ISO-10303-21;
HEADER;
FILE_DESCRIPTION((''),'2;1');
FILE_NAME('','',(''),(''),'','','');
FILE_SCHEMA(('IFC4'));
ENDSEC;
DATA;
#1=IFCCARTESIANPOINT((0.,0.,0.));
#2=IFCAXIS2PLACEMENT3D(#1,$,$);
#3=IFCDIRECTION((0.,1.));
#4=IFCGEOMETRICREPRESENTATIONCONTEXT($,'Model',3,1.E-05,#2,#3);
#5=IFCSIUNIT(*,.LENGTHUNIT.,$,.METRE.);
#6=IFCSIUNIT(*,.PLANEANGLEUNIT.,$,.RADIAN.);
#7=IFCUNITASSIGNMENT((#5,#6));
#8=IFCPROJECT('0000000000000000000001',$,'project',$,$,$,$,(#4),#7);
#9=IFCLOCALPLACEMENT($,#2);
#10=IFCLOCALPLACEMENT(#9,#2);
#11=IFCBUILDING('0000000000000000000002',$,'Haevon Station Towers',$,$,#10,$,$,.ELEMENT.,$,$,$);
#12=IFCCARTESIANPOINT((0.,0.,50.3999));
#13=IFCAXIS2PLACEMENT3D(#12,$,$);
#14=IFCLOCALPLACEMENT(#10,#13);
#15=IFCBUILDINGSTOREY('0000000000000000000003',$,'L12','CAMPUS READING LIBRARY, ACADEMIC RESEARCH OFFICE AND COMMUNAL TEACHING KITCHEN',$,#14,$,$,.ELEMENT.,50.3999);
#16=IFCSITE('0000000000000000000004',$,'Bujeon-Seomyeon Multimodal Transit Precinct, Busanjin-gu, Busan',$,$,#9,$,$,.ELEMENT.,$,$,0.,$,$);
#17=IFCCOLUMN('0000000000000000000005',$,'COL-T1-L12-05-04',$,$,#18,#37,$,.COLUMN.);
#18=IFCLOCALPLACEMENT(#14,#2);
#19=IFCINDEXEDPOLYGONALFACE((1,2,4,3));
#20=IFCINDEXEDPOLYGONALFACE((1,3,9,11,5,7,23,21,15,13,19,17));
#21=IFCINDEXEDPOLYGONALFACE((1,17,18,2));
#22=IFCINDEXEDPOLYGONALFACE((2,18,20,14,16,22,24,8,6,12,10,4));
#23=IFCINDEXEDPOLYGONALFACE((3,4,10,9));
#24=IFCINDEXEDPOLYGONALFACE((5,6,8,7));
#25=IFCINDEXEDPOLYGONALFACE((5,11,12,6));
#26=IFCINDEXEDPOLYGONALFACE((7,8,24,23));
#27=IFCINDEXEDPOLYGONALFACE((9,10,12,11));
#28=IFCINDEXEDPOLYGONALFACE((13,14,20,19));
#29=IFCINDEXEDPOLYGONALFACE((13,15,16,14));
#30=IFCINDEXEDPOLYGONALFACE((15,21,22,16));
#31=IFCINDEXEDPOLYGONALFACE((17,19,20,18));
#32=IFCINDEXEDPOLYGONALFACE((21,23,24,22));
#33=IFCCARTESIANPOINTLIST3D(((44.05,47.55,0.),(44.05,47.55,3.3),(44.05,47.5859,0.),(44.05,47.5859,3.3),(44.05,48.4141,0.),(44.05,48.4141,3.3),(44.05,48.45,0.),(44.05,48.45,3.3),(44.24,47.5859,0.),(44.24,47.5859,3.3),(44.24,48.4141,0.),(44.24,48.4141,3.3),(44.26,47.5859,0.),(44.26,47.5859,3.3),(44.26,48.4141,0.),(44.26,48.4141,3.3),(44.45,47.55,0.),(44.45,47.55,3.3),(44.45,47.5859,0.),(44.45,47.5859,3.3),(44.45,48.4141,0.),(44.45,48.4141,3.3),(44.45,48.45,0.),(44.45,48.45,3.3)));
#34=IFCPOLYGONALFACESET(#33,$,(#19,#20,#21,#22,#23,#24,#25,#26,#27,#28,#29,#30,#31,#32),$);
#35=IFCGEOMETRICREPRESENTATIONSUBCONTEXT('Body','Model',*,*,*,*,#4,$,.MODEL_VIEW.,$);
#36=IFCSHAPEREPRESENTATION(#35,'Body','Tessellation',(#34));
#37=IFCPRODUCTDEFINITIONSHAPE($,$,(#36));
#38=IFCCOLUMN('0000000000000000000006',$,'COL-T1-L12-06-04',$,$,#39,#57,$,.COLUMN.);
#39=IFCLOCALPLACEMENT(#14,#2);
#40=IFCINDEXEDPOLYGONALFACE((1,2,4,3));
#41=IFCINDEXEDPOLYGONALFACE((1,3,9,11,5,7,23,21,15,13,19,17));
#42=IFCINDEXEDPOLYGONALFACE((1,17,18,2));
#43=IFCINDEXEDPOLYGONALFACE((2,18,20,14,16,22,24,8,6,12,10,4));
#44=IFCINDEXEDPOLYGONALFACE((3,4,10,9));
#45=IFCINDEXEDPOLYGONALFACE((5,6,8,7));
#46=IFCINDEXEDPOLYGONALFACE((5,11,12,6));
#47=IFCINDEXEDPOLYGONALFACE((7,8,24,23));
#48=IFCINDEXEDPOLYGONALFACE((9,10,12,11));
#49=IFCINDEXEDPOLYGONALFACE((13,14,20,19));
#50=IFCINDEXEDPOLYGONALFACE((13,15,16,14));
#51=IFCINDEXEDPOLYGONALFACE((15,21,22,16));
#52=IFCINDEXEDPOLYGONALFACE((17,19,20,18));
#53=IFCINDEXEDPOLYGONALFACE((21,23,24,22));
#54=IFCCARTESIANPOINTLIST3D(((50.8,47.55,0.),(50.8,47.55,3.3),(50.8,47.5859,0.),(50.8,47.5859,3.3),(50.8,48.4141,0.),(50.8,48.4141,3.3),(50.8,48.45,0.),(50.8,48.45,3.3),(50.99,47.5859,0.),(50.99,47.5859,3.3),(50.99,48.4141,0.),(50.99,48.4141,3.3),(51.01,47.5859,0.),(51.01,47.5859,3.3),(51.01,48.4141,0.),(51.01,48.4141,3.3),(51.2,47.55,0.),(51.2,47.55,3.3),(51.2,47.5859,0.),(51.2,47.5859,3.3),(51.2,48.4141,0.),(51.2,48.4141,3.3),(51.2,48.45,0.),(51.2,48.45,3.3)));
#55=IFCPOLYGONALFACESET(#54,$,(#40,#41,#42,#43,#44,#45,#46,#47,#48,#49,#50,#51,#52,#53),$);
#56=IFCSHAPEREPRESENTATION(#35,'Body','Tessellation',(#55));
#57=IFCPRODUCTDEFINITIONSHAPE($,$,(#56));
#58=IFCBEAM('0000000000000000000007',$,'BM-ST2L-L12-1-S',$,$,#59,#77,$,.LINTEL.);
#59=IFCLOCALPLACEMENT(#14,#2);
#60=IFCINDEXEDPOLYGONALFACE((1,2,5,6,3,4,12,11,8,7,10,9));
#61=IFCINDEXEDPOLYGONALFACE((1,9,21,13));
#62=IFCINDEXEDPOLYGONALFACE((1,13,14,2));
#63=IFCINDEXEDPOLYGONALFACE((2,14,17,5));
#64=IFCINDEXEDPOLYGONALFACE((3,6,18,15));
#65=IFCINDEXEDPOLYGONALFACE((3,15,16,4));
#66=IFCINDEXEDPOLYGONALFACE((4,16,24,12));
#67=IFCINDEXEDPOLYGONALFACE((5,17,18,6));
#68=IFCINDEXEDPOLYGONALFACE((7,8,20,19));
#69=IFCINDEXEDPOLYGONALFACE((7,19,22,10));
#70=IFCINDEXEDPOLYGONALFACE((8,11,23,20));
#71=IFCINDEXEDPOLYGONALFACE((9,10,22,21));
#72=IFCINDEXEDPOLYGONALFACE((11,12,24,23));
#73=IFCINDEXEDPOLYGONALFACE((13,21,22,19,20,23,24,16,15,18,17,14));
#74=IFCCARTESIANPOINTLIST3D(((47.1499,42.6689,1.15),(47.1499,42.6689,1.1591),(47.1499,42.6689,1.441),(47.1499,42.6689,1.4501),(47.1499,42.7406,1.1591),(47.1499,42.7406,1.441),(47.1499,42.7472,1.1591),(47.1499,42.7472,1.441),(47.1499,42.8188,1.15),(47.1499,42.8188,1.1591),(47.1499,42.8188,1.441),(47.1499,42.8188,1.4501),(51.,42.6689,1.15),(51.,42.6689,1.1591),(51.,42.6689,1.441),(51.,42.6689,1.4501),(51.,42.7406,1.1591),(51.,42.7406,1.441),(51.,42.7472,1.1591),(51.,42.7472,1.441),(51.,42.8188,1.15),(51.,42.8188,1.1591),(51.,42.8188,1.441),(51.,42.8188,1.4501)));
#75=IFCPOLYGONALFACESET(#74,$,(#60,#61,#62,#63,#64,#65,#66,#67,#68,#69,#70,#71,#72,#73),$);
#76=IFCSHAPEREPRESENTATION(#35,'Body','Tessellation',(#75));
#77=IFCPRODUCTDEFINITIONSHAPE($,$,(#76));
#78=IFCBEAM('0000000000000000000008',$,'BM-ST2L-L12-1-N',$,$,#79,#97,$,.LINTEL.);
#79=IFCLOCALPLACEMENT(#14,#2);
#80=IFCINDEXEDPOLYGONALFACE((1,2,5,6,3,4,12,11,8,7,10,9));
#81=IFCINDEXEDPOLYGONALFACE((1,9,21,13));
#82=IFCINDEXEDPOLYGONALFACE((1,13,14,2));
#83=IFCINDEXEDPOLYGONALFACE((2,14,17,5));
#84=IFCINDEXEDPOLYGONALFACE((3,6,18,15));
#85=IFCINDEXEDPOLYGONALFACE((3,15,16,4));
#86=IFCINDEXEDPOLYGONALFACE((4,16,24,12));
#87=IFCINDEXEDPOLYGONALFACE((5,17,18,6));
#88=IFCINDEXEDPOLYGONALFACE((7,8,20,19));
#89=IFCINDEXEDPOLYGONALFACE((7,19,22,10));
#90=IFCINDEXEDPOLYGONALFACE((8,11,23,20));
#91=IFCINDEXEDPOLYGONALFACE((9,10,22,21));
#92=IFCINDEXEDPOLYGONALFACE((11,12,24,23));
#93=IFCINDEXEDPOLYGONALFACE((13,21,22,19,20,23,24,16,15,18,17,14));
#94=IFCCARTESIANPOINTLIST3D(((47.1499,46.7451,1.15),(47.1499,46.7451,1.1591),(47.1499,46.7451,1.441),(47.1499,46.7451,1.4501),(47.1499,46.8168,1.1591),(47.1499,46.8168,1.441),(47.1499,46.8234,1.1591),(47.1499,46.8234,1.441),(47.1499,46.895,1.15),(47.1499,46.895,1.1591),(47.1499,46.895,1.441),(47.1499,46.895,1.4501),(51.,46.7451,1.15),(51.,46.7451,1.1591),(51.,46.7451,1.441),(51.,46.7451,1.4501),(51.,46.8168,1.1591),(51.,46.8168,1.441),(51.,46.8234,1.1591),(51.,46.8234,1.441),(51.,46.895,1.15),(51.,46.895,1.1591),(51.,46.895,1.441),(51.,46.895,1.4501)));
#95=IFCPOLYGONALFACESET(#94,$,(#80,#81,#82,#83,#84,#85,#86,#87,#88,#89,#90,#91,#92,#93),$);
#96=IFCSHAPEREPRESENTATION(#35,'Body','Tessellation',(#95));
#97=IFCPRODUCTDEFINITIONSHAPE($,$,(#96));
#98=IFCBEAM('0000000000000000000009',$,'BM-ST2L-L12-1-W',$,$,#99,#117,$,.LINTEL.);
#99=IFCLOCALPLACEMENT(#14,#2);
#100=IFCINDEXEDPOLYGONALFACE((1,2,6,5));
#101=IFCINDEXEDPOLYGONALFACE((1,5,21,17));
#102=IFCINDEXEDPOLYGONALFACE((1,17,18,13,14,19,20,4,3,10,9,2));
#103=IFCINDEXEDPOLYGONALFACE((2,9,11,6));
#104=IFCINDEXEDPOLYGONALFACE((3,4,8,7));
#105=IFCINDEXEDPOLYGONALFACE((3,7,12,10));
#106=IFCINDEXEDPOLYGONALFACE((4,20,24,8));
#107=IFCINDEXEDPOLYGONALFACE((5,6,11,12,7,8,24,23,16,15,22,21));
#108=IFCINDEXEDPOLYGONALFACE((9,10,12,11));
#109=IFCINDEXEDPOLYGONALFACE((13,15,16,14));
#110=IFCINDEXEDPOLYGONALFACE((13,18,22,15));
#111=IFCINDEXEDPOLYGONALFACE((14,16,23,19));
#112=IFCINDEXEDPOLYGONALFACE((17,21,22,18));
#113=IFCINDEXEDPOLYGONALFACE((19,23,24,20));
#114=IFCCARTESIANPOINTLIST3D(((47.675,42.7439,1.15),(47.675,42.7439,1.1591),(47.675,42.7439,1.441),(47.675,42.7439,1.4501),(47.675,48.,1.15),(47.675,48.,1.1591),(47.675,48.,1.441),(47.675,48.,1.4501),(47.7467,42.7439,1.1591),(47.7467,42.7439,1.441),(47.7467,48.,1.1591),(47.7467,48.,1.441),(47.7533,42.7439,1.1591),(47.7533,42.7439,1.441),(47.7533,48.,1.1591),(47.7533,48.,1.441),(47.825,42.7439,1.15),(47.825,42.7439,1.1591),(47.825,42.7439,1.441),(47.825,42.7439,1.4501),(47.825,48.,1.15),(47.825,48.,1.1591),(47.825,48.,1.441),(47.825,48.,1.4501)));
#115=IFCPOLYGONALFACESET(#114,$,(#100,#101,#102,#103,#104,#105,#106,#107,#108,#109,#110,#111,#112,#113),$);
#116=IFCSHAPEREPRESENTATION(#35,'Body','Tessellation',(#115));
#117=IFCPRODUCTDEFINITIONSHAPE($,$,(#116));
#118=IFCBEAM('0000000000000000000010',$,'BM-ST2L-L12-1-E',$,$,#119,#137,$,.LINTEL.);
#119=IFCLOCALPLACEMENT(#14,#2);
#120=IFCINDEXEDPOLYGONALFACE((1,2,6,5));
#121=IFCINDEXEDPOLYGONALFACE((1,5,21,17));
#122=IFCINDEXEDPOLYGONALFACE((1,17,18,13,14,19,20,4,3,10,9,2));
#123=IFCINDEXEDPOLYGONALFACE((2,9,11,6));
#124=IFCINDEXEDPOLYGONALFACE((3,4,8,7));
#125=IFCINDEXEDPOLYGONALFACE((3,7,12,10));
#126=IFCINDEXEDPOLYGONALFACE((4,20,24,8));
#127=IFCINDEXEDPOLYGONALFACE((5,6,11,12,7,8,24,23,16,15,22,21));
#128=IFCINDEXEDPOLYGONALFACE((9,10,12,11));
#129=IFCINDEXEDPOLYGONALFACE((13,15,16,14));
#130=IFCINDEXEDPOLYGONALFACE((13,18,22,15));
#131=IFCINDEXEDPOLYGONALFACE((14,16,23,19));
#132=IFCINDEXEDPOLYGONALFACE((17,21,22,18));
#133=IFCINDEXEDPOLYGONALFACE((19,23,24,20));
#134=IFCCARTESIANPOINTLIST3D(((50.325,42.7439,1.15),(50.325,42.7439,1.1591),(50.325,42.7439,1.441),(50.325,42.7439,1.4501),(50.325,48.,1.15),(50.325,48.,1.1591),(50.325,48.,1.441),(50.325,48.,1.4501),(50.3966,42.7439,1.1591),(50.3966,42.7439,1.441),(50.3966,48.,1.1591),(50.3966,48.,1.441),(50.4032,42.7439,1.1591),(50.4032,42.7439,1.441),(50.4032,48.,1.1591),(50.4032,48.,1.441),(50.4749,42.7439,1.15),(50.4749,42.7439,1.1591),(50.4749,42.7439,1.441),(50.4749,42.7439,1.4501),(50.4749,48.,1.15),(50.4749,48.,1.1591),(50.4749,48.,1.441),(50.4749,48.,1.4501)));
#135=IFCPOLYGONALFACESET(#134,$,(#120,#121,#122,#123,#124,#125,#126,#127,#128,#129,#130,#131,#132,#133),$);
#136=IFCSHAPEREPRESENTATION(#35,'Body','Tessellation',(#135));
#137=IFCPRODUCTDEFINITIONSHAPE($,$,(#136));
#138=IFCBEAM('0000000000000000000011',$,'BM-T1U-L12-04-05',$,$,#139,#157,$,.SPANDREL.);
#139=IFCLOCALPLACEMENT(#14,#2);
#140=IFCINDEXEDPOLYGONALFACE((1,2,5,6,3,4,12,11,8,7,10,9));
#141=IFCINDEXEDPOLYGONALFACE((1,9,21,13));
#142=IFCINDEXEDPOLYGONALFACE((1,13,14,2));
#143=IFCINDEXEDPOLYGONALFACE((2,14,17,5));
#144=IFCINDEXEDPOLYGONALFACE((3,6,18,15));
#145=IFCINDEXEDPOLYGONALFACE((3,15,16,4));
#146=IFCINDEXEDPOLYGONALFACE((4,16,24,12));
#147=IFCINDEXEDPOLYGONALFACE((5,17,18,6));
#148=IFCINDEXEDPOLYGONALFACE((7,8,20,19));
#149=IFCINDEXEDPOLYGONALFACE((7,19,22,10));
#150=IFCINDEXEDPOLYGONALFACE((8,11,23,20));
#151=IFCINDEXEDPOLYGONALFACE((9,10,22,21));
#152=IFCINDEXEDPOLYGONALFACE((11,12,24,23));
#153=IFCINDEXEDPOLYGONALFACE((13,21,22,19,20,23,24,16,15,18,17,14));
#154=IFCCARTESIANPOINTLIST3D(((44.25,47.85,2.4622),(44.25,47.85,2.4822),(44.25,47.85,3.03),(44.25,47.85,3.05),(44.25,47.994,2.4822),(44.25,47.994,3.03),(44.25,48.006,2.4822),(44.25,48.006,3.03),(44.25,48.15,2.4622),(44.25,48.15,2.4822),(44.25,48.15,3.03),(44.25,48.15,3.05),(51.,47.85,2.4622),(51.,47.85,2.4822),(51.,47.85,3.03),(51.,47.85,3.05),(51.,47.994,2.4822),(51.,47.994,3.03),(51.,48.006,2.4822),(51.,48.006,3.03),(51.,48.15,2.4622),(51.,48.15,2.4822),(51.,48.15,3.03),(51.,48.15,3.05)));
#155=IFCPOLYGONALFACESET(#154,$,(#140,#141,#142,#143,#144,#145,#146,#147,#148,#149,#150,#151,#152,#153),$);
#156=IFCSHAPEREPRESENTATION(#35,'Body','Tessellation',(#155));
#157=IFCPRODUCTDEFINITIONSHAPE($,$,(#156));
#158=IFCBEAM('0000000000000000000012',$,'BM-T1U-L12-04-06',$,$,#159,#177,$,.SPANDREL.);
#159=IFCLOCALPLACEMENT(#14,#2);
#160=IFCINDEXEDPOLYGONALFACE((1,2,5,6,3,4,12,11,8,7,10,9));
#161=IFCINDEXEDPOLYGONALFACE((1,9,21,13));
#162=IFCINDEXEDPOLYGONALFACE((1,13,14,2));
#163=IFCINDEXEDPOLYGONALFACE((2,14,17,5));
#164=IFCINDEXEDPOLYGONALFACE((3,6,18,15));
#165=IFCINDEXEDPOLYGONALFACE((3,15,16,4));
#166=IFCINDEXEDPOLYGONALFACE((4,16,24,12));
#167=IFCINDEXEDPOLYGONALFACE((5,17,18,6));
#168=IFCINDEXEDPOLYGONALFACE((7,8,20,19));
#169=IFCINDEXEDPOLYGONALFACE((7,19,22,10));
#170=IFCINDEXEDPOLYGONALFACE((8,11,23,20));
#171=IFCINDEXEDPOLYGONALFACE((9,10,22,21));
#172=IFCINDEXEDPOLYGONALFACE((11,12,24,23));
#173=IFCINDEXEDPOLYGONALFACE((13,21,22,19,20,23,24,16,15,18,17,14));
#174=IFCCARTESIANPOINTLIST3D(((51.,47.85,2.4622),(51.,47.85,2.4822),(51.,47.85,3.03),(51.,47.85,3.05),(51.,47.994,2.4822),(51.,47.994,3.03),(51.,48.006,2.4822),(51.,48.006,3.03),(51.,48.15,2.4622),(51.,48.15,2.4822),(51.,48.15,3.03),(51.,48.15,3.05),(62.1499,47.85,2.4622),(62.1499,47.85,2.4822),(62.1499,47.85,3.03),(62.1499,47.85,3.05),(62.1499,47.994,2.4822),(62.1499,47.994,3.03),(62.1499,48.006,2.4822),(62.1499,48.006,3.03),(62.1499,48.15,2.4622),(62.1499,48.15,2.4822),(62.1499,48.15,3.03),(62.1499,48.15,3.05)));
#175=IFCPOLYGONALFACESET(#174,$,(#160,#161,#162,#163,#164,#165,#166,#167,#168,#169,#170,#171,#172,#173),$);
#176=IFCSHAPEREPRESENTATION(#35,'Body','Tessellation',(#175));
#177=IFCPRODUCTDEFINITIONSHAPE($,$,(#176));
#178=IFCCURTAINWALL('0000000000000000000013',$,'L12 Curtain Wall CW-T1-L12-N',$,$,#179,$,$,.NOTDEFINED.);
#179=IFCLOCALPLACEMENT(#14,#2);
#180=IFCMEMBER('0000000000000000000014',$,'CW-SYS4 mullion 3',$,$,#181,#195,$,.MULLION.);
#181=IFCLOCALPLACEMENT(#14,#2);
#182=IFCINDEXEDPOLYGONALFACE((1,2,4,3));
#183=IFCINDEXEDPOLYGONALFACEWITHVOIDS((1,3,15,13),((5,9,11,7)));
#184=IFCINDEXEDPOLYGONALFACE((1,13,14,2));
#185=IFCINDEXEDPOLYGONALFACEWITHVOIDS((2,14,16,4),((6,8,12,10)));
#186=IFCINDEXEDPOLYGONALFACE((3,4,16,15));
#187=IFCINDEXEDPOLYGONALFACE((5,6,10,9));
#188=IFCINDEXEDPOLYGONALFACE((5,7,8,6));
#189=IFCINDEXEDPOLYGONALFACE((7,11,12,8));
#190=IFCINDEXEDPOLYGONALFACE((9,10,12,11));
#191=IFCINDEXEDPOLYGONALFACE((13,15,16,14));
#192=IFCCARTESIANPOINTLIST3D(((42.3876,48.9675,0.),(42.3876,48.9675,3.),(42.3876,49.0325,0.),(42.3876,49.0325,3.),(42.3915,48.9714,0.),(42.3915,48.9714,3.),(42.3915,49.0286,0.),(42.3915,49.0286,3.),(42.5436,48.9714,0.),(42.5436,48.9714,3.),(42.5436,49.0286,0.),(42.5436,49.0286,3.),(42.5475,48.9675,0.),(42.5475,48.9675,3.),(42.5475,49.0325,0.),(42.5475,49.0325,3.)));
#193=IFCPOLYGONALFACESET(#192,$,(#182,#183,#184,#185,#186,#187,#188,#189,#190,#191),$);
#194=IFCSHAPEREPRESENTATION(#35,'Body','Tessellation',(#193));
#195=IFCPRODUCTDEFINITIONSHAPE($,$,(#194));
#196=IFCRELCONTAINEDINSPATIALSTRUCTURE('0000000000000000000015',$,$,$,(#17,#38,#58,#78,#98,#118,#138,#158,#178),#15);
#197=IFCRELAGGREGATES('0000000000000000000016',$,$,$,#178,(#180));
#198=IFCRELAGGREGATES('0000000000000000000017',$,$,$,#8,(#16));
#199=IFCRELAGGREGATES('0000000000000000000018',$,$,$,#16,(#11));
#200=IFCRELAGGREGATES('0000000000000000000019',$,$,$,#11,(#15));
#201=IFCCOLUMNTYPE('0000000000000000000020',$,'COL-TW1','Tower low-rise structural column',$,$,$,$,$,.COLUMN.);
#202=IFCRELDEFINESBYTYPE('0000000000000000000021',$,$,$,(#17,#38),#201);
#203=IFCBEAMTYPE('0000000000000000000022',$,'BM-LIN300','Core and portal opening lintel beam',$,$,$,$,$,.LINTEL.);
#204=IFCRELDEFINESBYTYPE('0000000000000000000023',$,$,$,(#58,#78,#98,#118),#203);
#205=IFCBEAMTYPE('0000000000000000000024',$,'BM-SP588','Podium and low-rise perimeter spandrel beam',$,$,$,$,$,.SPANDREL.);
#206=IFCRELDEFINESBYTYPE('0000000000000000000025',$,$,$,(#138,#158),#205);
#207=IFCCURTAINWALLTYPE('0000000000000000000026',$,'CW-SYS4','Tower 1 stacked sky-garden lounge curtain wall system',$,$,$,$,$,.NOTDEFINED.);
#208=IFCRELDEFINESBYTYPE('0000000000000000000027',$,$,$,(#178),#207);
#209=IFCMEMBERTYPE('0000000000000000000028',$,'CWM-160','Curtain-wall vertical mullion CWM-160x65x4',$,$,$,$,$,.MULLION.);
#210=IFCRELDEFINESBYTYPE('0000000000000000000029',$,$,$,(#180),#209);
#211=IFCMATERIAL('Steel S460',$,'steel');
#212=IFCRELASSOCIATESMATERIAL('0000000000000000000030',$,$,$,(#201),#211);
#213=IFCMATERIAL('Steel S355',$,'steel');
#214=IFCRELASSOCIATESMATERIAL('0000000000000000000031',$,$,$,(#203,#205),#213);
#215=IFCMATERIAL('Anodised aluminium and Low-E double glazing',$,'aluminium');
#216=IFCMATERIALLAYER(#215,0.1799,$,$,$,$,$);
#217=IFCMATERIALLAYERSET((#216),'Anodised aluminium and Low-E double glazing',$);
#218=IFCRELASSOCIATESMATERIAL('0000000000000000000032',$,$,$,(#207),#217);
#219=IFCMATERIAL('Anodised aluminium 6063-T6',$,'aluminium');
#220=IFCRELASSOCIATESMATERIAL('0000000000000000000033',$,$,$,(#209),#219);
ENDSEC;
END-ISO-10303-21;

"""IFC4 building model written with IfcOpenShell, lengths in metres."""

from ifc_helpers import new_model, si_unit, direction, frame, origin, origin_2d, place, context, subcontext, project, spatial, hollow_rectangle, i_section, extrude, material, layer, layer_set, material_profile, profile_set, type_object, element, aggregate, save


model = new_model("IFC4")

# Units and contexts
model_context = context("Model", 3, precision=1e-05, world=origin(), true_north=direction((0.0, 1.0)))
body_context = subcontext(model_context, "Body", "Model", "MODEL_VIEW")
ifc_project = project(units=[si_unit("LENGTHUNIT", "METRE"), si_unit("PLANEANGLEUNIT", "RADIAN")], contexts=[model_context])

# Site, building, storey
site_placement = place(None, origin())
site = spatial("IfcSite", under=ifc_project, at=site_placement, Name="Bujeon-Seomyeon Multimodal Transit Precinct, Busanjin-gu, Busan", CompositionType="ELEMENT", RefElevation=0.0)
building_placement = place(site_placement, origin())
building = spatial("IfcBuilding", under=site, at=building_placement, Name="Haevon Station Towers", CompositionType="ELEMENT")
storey_placement = place(building_placement, frame((0.0, 0.0, 50.3999)))
storey = spatial("IfcBuildingStorey", under=building, at=storey_placement, Name="L12", Description="CAMPUS READING LIBRARY, ACADEMIC RESEARCH OFFICE AND COMMUNAL TEACHING KITCHEN", CompositionType="ELEMENT", Elevation=50.3999)

# Columns
ifc_material_1 = material(Name="Steel S460", Category="steel")
ifc_material_profile_1 = material_profile(ifc_material_1, i_section(OverallWidth=0.3999, OverallDepth=0.8999, WebThickness=0.02, FlangeThickness=0.0359, at=origin_2d()), Name="H-900x400x20x36")
ifc_profile_set_1 = profile_set([ifc_material_profile_1], Name="Steel S460")
column_type = type_object("IfcColumnType", Name="COL-TW1", Description="Tower low-rise structural column", PredefinedType="COLUMN", material=ifc_profile_set_1)
for number, where, z_axis, x_axis, name in (
    (1, (44.25, 48.0, 0.0), (0.0, 0.0, 1.0), (1.0, 0.0, 0.0), "COL-T1-L12-05-04"),
    (2, (51.0, 48.0, 0.0), (0.0, 0.0, 1.0), (1.0, 0.0, 0.0), "COL-T1-L12-06-04"),
):
    element("IfcColumn", number, at=place(storey_placement, frame(where, z_axis=z_axis, x_axis=x_axis)), inside=storey, type_object=column_type, Name=name, PredefinedType="COLUMN", context=body_context, shape_type="SweptSolid", body=[
        extrude(i_section(OverallWidth=0.3999, OverallDepth=0.8999, WebThickness=0.02, FlangeThickness=0.0359, at=origin_2d()), origin(), (0.0, 0.0, 1.0), 3.3),
    ])

# Beams
ifc_material_2 = material(Name="Steel S355", Category="steel")
ifc_material_profile_2 = material_profile(ifc_material_2, i_section(OverallWidth=0.1499, OverallDepth=0.3, WebThickness=0.0066, FlangeThickness=0.009, at=origin_2d()), Name="H-300x150x6.5x9")
ifc_profile_set_2 = profile_set([ifc_material_profile_2], Name="Steel S355")
beam_type_1 = type_object("IfcBeamType", Name="BM-LIN300", Description="Core and portal opening lintel beam", PredefinedType="LINTEL", material=ifc_profile_set_2)
for number, where, z_axis, x_axis, name in (
    (3, (47.1499, 42.7439, 1.3), (1.0, 0.0, 0.0), (0.0, 1.0, 0.0), "BM-ST2L-L12-1-S"),
    (4, (47.1499, 46.8201, 1.3), (1.0, 0.0, 0.0), (0.0, 1.0, 0.0), "BM-ST2L-L12-1-N"),
):
    element("IfcBeam", number, at=place(storey_placement, frame(where, z_axis=z_axis, x_axis=x_axis)), inside=storey, type_object=beam_type_1, Name=name, PredefinedType="LINTEL", context=body_context, shape_type="SweptSolid", body=[
        extrude(i_section(OverallWidth=0.1499, OverallDepth=0.3, WebThickness=0.0066, FlangeThickness=0.009, at=origin_2d()), origin(), (0.0, 0.0, 1.0), 3.8501),
    ])
for number, where, z_axis, x_axis, name in (
    (5, (47.75, 42.7439, 1.3), (0.0, 1.0, 0.0), (-1.0, 0.0, 0.0), "BM-ST2L-L12-1-W"),
    (6, (50.3999, 42.7439, 1.3), (0.0, 1.0, 0.0), (-1.0, 0.0, 0.0), "BM-ST2L-L12-1-E"),
):
    element("IfcBeam", number, at=place(storey_placement, frame(where, z_axis=z_axis, x_axis=x_axis)), inside=storey, type_object=beam_type_1, Name=name, PredefinedType="LINTEL", context=body_context, shape_type="SweptSolid", body=[
        extrude(i_section(OverallWidth=0.1499, OverallDepth=0.3, WebThickness=0.0066, FlangeThickness=0.009, at=origin_2d()), origin(), (0.0, 0.0, 1.0), 5.2561),
    ])
ifc_material_profile_3 = material_profile(ifc_material_2, i_section(OverallWidth=0.3, OverallDepth=0.5879, WebThickness=0.012, FlangeThickness=0.02, at=origin_2d()), Name="H-588x300x12x20")
ifc_profile_set_3 = profile_set([ifc_material_profile_3], Name="Steel S355")
beam_type_2 = type_object("IfcBeamType", Name="BM-SP588", Description="Podium and low-rise perimeter spandrel beam", PredefinedType="SPANDREL", material=ifc_profile_set_3)
beam_1_placement = place(storey_placement, frame((44.25, 48.0, 2.7561), z_axis=(1.0, 0.0, 0.0), x_axis=(0.0, 1.0, 0.0)))
element("IfcBeam", 7, at=beam_1_placement, inside=storey, type_object=beam_type_2, Name="BM-T1U-L12-04-05", PredefinedType="SPANDREL", context=body_context, shape_type="SweptSolid", body=[
    extrude(i_section(OverallWidth=0.3, OverallDepth=0.5879, WebThickness=0.012, FlangeThickness=0.02, at=origin_2d()), origin(), (0.0, 0.0, 1.0), 6.75),
])
beam_2_placement = place(storey_placement, frame((51.0, 48.0, 2.7561), z_axis=(1.0, 0.0, 0.0), x_axis=(0.0, 1.0, 0.0)))
element("IfcBeam", 8, at=beam_2_placement, inside=storey, type_object=beam_type_2, Name="BM-T1U-L12-04-06", PredefinedType="SPANDREL", context=body_context, shape_type="SweptSolid", body=[
    extrude(i_section(OverallWidth=0.3, OverallDepth=0.5879, WebThickness=0.012, FlangeThickness=0.02, at=origin_2d()), origin(), (0.0, 0.0, 1.0), 11.1499),
])

# Curtain wall, member
ifc_material_3 = material(Name="Anodised aluminium and Low-E double glazing", Category="aluminium")
ifc_layer_1 = layer(ifc_material_3, 0.1799)
ifc_layer_set_1 = layer_set([ifc_layer_1], Name="Anodised aluminium and Low-E double glazing")
curtain_wall_type = type_object("IfcCurtainWallType", Name="CW-SYS4", Description="Tower 1 stacked sky-garden lounge curtain wall system", PredefinedType="NOTDEFINED", material=ifc_layer_set_1)
curtain_wall_placement = place(storey_placement, origin())
curtain_wall = element("IfcCurtainWall", 9, at=curtain_wall_placement, inside=storey, type_object=curtain_wall_type, Name="L12 Curtain Wall CW-T1-L12-N", PredefinedType="NOTDEFINED")
ifc_material_4 = material(Name="Anodised aluminium 6063-T6", Category="aluminium")
ifc_material_profile_4 = material_profile(ifc_material_4, hollow_rectangle(XDim=0.0649, YDim=0.1599, WallThickness=0.0039, at=origin_2d()), Name="CWM-160x65x4")
ifc_profile_set_4 = profile_set([ifc_material_profile_4], Name="Anodised aluminium 6063-T6")
member_type = type_object("IfcMemberType", Name="CWM-160", Description="Curtain-wall vertical mullion CWM-160x65x4", PredefinedType="MULLION", material=ifc_profile_set_4)
member_placement = place(storey_placement, frame((42.4675, 49.0, 0.0), z_axis=(0.0, 0.0, 1.0), x_axis=(0.0, 1.0, 0.0)))
member = element("IfcMember", 10, at=member_placement, type_object=member_type, Name="CW-SYS4 mullion 3", PredefinedType="MULLION", context=body_context, shape_type="SweptSolid", body=[
    extrude(hollow_rectangle(XDim=0.0649, YDim=0.1599, WallThickness=0.0039, at=origin_2d()), origin(), (0.0, 0.0, 1.0), 3.0),
])
aggregate(curtain_wall, [member])

save(model, "model.ifc")
